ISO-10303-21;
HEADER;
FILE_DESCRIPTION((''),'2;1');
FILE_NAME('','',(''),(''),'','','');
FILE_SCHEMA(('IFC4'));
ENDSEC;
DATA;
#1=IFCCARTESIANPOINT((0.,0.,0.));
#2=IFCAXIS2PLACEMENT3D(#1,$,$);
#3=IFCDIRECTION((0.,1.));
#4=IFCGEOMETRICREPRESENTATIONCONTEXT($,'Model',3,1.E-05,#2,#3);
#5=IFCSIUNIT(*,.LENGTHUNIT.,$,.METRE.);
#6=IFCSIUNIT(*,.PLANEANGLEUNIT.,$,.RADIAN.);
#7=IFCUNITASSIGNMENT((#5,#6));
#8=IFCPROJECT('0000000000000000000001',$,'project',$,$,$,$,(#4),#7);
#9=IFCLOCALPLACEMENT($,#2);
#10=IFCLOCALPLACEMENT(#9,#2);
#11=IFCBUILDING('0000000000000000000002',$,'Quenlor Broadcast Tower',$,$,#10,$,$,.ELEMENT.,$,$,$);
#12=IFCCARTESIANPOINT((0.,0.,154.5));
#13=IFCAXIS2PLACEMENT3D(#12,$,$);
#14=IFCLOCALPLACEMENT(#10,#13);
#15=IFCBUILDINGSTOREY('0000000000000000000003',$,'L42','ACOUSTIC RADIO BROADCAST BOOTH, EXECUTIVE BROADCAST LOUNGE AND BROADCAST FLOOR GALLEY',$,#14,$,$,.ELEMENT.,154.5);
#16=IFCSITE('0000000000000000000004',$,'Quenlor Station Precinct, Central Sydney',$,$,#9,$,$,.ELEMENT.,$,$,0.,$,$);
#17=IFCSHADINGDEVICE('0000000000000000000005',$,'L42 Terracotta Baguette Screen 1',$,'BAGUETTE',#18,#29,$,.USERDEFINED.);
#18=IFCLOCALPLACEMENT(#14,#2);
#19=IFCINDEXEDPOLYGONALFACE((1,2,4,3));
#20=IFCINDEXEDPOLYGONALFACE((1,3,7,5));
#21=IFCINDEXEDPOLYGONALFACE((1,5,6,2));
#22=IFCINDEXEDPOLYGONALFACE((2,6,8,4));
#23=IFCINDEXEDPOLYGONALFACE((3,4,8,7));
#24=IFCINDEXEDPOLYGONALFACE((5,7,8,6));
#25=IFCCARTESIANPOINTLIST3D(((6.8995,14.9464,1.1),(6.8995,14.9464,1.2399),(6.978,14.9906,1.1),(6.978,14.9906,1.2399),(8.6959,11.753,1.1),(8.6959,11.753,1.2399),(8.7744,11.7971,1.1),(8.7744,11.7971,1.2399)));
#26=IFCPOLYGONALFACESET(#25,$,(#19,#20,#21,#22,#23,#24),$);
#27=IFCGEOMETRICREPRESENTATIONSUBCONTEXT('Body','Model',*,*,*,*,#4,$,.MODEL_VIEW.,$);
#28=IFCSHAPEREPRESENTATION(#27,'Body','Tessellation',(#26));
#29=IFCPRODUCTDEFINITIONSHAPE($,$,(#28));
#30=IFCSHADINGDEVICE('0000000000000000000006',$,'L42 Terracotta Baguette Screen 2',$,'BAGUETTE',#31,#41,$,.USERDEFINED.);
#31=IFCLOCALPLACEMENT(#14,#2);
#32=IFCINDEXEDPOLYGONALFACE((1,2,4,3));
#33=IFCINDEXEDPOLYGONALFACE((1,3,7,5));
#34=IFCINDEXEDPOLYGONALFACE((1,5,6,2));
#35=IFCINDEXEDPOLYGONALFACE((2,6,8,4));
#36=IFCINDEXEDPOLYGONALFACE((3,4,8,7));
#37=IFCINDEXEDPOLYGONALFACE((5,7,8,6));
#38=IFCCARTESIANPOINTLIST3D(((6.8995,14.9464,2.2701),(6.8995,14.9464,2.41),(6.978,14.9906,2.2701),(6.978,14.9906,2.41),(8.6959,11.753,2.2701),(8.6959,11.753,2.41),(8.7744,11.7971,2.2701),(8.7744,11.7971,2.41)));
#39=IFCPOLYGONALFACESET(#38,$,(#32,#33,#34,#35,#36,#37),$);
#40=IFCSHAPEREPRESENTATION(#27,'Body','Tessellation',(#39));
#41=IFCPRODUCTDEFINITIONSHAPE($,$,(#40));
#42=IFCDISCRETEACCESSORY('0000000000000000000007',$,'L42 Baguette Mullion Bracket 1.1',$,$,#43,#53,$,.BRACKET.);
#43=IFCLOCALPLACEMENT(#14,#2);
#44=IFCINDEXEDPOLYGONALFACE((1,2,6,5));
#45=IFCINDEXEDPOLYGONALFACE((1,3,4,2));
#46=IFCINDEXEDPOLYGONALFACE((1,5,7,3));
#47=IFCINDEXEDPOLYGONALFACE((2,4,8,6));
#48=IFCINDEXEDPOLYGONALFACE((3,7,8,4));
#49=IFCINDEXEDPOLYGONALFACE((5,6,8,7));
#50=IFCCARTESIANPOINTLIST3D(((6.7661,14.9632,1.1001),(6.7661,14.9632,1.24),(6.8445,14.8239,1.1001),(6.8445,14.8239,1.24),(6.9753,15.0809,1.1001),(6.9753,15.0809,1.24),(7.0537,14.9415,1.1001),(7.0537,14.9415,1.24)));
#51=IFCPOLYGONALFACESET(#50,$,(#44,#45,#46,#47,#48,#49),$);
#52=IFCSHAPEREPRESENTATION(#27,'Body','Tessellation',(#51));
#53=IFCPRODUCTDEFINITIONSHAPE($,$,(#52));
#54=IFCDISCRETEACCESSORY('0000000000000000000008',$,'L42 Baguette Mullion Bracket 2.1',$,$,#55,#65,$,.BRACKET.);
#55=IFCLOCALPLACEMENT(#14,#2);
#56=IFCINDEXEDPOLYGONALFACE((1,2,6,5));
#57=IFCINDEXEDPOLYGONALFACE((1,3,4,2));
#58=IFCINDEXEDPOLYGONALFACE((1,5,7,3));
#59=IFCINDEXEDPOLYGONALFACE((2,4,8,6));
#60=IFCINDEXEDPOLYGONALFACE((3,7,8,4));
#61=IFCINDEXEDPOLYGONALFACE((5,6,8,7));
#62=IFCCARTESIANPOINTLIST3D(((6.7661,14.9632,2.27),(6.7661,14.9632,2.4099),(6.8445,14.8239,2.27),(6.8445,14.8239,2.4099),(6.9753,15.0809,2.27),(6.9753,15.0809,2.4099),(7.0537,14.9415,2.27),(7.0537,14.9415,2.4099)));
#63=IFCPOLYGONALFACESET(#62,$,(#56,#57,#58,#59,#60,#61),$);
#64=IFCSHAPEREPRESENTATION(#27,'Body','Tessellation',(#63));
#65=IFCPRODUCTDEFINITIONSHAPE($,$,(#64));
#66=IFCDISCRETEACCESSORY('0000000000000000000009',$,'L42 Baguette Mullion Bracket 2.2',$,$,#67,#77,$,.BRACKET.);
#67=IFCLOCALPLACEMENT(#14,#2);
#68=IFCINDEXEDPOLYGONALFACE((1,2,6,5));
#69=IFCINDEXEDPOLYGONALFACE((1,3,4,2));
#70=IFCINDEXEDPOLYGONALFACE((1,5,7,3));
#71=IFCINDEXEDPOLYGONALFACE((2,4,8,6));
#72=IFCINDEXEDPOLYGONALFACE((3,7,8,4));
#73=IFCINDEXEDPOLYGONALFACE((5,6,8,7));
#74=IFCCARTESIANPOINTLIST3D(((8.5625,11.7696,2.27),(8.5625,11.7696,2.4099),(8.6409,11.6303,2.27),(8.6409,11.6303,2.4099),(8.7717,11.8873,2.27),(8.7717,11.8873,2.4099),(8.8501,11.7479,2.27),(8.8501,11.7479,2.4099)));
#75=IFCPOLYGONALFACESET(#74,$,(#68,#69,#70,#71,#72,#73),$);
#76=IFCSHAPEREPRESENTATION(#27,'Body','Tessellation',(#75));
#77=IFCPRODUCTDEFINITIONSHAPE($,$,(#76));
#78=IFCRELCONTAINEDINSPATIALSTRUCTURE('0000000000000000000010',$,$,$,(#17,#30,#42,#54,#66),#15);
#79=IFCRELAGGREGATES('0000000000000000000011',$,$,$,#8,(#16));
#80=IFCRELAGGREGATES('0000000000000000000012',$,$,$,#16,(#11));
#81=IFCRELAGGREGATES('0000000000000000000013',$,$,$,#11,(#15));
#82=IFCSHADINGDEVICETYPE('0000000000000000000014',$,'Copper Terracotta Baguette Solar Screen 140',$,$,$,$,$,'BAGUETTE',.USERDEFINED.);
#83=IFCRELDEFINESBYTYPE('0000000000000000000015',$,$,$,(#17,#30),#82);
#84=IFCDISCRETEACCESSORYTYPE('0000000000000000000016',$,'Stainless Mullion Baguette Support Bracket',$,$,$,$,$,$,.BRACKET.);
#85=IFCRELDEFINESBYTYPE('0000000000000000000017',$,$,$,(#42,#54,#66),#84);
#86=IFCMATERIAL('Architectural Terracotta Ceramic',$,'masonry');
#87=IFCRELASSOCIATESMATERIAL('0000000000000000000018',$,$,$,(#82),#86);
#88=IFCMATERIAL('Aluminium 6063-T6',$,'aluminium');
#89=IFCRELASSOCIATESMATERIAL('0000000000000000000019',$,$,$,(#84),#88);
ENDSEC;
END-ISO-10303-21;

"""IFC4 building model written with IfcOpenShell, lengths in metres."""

from ifc_helpers import new_model, si_unit, direction, frame, origin, origin_2d, place, context, subcontext, project, spatial, rectangle, extrude, material, material_profile, profile_set, type_object, element, save


model = new_model("IFC4")

# Units and contexts
model_context = context("Model", 3, precision=1e-05, world=origin(), true_north=direction((0.0, 1.0)))
body_context = subcontext(model_context, "Body", "Model", "MODEL_VIEW")
ifc_project = project(units=[si_unit("LENGTHUNIT", "METRE"), si_unit("PLANEANGLEUNIT", "RADIAN")], contexts=[model_context])

# Site, building, storey
site_placement = place(None, origin())
site = spatial("IfcSite", under=ifc_project, at=site_placement, Name="Quenlor Station Precinct, Central Sydney", CompositionType="ELEMENT", RefElevation=0.0)
building_placement = place(site_placement, origin())
building = spatial("IfcBuilding", under=site, at=building_placement, Name="Quenlor Broadcast Tower", CompositionType="ELEMENT")
storey_placement = place(building_placement, frame((0.0, 0.0, 154.5)))
storey = spatial("IfcBuildingStorey", under=building, at=storey_placement, Name="L42", Description="ACOUSTIC RADIO BROADCAST BOOTH, EXECUTIVE BROADCAST LOUNGE AND BROADCAST FLOOR GALLEY", CompositionType="ELEMENT", Elevation=154.5)

# Shading devices
ifc_material_1 = material(Name="Architectural Terracotta Ceramic", Category="masonry")
ifc_material_profile_1 = material_profile(ifc_material_1, rectangle(XDim=0.0901, YDim=0.1399, at=origin_2d()))
ifc_profile_set_1 = profile_set([ifc_material_profile_1], Name="Architectural Terracotta Ceramic BAG90x140")
shading_device_type = type_object("IfcShadingDeviceType", Name="Copper Terracotta Baguette Solar Screen 140", ElementType="BAGUETTE", PredefinedType="USERDEFINED", material=ifc_profile_set_1)
for number, where, z_axis, x_axis, name in (
    (1, (6.9387, 14.9685, 1.1699), (0.490287, -0.871561, 0.0), (0.871561, 0.490287, 0.0), "L42 Terracotta Baguette Screen 1"),
    (2, (6.9387, 14.9685, 2.3401), (0.490287, -0.871561, 0.0), (0.871561, 0.490287, 0.0), "L42 Terracotta Baguette Screen 2"),
):
    element("IfcShadingDevice", number, at=place(storey_placement, frame(where, z_axis=z_axis, x_axis=x_axis)), inside=storey, type_object=shading_device_type, Name=name, ObjectType="BAGUETTE", PredefinedType="USERDEFINED", context=body_context, shape_type="SweptSolid", body=[
        extrude(rectangle(XDim=0.0901, YDim=0.1399, at=origin_2d()), origin(), (0.0, 0.0, 1.0), 3.6641),
    ])

# Discrete accessories
ifc_material_2 = material(Name="Aluminium 6063-T6", Category="aluminium")
discrete_accessory_type = type_object("IfcDiscreteAccessoryType", Name="Stainless Mullion Baguette Support Bracket", PredefinedType="BRACKET", material=ifc_material_2)
for number, where, z_axis, x_axis, name in (
    (3, (6.9099, 14.9524, 1.1001), (0.0, 0.0, 1.0), (0.49027, -0.871571, 0.0), "L42 Baguette Mullion Bracket 1.1"),
    (4, (6.9099, 14.9524, 2.27), (0.0, 0.0, 1.0), (0.49027, -0.871571, 0.0), "L42 Baguette Mullion Bracket 2.1"),
    (5, (8.7063, 11.7588, 2.27), (0.0, 0.0, 1.0), (0.49027, -0.871571, 0.0), "L42 Baguette Mullion Bracket 2.2"),
):
    element("IfcDiscreteAccessory", number, at=place(storey_placement, frame(where, z_axis=z_axis, x_axis=x_axis)), inside=storey, type_object=discrete_accessory_type, Name=name, PredefinedType="BRACKET", context=body_context, shape_type="SweptSolid", body=[
        extrude(rectangle(XDim=0.1599, YDim=0.24, at=origin_2d()), origin(), (0.0, 0.0, 1.0), 0.1399),
    ])

save(model, "model.ifc")
